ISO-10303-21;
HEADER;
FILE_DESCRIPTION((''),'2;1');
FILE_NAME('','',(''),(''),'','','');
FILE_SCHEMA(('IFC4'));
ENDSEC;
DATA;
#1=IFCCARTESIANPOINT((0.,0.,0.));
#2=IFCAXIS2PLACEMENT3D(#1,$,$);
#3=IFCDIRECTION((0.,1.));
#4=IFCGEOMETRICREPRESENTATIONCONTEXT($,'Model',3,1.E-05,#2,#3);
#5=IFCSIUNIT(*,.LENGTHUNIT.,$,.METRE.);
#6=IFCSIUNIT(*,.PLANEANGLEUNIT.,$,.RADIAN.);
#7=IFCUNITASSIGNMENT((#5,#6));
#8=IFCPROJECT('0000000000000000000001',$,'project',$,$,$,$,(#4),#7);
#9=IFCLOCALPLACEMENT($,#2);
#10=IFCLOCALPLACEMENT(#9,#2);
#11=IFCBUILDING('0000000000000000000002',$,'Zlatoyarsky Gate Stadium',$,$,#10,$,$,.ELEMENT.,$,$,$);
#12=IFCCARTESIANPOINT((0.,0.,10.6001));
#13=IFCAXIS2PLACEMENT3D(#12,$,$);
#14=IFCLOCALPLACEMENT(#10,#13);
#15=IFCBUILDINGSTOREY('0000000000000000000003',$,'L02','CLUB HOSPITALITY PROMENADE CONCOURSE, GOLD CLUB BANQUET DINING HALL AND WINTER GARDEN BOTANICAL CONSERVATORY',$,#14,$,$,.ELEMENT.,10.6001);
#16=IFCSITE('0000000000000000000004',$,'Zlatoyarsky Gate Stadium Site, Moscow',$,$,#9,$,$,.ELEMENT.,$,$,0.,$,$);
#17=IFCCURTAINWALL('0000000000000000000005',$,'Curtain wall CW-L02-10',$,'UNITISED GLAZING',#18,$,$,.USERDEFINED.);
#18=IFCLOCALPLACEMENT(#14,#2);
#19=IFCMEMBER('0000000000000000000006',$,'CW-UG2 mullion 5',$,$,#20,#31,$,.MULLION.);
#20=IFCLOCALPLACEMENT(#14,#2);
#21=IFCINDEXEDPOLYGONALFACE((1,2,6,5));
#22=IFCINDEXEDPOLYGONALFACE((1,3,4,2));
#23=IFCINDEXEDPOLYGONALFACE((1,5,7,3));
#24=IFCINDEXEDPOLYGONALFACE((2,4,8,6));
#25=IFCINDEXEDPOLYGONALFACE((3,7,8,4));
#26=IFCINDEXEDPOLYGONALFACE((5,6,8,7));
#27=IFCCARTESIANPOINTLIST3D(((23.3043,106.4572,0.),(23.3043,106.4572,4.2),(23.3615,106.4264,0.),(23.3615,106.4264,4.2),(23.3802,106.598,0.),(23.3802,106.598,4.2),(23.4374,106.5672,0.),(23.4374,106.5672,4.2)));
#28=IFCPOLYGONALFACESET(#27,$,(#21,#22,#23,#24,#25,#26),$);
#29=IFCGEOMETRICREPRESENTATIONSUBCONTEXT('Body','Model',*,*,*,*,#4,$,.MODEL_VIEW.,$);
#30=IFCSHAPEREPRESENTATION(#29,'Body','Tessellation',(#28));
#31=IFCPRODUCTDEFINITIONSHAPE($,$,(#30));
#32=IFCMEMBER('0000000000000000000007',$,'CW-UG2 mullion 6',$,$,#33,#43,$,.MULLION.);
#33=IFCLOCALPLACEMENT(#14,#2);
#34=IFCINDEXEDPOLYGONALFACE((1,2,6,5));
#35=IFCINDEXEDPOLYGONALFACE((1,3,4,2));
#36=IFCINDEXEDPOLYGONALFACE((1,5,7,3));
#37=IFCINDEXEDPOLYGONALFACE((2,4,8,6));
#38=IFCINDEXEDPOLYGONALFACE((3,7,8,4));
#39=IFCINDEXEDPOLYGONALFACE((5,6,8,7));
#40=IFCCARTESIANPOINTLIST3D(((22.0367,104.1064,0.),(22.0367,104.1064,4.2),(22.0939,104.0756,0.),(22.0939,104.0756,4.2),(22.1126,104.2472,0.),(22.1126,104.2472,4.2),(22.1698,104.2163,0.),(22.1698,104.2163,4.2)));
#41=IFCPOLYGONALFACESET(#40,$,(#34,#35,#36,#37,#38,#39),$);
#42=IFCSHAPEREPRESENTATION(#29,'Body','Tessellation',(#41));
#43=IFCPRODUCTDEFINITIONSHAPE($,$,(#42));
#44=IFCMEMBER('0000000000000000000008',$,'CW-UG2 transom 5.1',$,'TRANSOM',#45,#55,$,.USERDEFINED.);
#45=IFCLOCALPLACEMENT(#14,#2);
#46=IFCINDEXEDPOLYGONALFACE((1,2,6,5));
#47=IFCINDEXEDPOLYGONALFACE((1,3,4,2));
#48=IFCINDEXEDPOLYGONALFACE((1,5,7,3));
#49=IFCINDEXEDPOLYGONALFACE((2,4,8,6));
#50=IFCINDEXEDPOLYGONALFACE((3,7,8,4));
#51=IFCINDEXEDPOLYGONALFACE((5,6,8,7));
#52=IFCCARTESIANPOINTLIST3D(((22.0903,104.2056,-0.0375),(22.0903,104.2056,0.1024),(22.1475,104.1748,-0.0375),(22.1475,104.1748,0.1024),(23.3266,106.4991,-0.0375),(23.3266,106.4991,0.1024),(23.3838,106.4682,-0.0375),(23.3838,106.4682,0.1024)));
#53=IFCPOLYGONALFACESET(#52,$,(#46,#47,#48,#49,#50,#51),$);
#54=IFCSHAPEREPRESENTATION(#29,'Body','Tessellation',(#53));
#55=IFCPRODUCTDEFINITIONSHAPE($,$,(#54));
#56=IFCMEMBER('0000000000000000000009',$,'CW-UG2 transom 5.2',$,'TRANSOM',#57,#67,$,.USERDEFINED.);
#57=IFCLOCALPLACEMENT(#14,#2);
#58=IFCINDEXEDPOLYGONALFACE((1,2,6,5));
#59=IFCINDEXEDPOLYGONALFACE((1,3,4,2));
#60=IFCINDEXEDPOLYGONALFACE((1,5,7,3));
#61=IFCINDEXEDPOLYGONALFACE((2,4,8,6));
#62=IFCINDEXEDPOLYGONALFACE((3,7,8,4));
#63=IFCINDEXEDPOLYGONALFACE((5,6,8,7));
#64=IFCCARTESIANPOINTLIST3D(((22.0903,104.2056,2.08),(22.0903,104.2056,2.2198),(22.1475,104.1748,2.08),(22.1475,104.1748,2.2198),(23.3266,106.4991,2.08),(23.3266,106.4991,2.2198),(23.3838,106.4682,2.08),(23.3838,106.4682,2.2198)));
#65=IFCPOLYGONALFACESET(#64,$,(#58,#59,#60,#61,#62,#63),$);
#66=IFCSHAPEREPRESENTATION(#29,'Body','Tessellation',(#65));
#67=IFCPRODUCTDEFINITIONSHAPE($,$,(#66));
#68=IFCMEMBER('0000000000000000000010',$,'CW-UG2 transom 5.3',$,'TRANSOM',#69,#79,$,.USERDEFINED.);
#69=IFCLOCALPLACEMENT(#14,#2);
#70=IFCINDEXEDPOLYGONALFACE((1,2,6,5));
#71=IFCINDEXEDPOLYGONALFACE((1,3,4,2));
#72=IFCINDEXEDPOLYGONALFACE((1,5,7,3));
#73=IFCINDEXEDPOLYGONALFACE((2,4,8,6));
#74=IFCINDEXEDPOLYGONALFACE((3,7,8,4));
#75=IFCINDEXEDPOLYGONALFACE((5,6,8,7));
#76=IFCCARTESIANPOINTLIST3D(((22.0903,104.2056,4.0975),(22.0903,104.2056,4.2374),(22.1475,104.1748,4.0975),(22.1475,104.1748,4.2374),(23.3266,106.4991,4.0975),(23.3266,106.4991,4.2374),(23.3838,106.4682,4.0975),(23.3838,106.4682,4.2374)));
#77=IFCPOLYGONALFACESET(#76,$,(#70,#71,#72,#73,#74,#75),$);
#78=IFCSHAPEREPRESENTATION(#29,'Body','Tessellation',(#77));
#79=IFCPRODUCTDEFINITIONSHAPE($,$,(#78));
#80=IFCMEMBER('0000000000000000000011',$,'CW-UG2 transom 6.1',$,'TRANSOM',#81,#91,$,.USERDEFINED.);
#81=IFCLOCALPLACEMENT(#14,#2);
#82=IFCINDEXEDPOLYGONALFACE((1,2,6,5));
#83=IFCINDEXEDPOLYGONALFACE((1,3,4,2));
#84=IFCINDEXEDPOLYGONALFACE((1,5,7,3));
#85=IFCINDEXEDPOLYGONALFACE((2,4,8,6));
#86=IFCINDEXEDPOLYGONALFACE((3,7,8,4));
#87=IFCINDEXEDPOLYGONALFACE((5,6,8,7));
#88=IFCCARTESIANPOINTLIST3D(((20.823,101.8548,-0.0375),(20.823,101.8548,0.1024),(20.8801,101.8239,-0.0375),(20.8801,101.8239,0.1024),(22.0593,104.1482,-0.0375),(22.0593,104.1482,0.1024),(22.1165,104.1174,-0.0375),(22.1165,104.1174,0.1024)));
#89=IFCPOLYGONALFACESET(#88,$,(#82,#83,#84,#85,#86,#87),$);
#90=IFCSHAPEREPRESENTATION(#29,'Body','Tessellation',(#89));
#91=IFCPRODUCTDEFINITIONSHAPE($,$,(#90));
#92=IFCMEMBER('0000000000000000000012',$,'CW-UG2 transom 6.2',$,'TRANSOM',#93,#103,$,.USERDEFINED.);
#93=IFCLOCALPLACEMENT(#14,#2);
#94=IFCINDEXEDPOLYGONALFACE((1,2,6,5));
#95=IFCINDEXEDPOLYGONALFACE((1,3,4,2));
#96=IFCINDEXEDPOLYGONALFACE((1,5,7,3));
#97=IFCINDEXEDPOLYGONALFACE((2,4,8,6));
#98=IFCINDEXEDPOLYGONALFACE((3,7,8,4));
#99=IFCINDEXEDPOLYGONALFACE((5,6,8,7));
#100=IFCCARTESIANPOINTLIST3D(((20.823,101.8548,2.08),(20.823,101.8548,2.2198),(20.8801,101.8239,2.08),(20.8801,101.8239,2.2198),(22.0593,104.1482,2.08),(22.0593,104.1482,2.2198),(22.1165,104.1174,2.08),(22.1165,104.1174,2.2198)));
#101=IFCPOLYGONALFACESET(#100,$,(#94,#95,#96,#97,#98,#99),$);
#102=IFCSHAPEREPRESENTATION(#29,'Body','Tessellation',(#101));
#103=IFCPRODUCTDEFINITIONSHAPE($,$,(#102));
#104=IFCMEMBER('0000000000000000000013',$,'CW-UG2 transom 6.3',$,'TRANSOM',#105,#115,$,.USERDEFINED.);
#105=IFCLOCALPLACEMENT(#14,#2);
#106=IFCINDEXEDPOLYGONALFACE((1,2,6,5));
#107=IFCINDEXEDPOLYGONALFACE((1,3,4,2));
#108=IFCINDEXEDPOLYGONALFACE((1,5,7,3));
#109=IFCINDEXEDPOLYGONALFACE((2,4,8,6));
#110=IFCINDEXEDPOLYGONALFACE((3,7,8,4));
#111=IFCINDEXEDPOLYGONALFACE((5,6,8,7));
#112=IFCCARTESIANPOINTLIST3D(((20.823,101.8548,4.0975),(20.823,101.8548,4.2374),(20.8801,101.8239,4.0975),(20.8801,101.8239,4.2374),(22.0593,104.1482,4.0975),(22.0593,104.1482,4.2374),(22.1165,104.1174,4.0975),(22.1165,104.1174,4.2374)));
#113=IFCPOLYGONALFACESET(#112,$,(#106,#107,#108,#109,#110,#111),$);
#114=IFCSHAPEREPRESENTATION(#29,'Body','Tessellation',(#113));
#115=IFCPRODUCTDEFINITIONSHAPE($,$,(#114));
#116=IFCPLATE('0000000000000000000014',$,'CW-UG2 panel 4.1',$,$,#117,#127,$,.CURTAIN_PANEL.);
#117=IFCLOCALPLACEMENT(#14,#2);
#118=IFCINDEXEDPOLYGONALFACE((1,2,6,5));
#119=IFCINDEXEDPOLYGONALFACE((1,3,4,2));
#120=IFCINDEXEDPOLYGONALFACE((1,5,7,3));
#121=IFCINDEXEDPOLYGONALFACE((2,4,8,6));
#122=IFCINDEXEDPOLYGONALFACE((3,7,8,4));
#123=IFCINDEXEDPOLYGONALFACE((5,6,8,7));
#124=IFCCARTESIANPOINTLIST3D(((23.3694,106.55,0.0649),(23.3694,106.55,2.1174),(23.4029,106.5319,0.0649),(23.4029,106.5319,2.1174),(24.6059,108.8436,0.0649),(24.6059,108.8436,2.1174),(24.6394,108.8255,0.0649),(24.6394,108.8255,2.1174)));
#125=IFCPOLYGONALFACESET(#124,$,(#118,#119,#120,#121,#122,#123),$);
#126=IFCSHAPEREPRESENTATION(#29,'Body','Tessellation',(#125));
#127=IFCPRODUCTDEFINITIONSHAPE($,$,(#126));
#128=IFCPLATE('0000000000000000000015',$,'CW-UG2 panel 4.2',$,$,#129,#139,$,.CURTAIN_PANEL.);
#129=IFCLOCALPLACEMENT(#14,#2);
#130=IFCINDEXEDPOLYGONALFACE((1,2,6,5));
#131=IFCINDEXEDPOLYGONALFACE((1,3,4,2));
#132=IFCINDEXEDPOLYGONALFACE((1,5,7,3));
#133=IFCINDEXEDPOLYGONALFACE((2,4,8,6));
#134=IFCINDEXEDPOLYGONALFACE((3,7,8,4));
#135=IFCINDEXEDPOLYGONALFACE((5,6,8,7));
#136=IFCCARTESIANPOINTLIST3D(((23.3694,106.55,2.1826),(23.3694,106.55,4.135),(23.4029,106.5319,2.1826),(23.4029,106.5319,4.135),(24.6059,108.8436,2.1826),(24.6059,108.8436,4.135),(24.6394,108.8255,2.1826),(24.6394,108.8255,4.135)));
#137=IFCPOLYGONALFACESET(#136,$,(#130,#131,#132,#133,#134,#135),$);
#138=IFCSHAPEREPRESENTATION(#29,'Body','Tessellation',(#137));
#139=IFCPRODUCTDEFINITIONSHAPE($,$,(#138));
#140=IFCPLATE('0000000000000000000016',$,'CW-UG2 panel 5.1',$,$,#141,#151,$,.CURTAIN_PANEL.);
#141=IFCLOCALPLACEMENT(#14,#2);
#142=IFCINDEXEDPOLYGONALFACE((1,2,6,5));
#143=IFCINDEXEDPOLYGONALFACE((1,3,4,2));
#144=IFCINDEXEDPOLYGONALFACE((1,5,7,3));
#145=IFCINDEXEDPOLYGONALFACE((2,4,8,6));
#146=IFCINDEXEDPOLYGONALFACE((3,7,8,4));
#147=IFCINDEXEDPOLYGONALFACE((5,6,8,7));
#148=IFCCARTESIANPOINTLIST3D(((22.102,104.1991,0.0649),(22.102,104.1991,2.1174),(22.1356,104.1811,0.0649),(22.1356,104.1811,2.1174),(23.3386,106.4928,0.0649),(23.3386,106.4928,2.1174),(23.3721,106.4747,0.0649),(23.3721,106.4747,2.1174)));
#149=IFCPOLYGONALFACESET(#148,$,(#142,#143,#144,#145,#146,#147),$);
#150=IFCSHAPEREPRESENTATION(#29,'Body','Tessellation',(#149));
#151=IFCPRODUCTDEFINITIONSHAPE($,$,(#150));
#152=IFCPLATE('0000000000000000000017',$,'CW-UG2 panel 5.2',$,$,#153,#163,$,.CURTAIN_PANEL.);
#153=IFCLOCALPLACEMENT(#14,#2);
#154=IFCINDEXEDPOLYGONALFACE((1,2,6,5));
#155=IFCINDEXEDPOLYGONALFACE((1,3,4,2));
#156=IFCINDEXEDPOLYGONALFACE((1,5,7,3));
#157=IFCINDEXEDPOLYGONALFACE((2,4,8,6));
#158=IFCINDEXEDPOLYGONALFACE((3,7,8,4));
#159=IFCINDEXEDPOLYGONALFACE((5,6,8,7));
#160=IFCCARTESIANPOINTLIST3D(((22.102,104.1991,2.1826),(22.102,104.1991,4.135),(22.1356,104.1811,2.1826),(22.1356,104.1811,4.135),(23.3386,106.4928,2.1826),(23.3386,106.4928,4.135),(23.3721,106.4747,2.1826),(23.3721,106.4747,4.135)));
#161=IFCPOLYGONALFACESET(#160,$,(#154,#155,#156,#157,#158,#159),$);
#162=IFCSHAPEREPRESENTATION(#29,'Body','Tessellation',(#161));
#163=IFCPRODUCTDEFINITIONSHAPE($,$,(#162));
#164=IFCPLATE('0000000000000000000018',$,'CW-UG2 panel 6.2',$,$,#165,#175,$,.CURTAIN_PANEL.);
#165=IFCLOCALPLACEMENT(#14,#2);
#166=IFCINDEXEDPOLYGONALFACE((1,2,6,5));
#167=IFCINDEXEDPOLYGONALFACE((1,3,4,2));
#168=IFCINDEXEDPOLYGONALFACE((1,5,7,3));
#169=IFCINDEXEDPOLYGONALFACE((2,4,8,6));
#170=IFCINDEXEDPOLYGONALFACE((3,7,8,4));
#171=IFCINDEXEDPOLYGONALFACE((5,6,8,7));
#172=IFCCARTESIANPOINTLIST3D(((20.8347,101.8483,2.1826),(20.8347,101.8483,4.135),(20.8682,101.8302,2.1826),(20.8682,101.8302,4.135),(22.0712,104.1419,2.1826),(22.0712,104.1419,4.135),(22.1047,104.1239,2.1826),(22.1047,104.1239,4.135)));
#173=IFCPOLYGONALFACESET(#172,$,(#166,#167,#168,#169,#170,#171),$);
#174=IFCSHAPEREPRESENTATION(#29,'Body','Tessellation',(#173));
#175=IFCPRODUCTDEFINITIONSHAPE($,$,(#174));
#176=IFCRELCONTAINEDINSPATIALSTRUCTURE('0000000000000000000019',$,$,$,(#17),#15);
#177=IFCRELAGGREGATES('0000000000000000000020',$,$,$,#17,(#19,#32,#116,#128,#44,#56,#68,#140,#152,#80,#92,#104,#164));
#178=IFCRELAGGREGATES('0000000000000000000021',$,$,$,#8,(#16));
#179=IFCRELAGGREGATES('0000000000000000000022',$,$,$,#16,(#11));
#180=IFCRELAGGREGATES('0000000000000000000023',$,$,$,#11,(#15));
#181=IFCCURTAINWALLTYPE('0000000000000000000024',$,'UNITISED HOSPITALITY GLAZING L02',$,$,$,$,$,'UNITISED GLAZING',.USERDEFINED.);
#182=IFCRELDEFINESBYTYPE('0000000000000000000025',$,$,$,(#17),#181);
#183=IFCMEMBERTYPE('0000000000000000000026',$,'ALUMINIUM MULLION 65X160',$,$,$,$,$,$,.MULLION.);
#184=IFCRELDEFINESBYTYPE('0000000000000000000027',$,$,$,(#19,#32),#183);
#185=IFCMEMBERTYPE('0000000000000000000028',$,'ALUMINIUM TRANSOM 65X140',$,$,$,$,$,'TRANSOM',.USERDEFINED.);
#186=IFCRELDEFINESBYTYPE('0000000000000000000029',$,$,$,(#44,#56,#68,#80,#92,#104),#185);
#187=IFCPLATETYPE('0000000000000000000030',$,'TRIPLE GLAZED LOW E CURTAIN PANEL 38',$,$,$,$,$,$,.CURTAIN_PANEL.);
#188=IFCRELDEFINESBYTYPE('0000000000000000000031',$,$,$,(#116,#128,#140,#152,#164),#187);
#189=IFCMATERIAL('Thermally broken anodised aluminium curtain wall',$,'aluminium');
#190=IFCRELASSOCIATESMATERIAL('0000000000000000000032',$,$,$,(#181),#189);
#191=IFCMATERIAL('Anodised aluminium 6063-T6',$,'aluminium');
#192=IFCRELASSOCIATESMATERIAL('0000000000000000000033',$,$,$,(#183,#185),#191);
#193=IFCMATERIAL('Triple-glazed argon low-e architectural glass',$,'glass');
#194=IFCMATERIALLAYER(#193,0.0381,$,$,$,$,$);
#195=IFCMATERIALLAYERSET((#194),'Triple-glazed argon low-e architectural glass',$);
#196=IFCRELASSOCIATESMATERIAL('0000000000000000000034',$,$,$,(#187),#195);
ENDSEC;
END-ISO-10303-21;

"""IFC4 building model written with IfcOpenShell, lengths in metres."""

from ifc_helpers import new_model, si_unit, direction, frame, origin, origin_2d, place, context, subcontext, project, spatial, rectangle, extrude, material, layer, layer_set, material_profile, profile_set, type_object, element, aggregate, save


model = new_model("IFC4")

# Units and contexts
model_context = context("Model", 3, precision=1e-05, world=origin(), true_north=direction((0.0, 1.0)))
body_context = subcontext(model_context, "Body", "Model", "MODEL_VIEW")
ifc_project = project(units=[si_unit("LENGTHUNIT", "METRE"), si_unit("PLANEANGLEUNIT", "RADIAN")], contexts=[model_context])

# Site, building, storey
site_placement = place(None, origin())
site = spatial("IfcSite", under=ifc_project, at=site_placement, Name="Zlatoyarsky Gate Stadium Site, Moscow", CompositionType="ELEMENT", RefElevation=0.0)
building_placement = place(site_placement, origin())
building = spatial("IfcBuilding", under=site, at=building_placement, Name="Zlatoyarsky Gate Stadium", CompositionType="ELEMENT")
storey_placement = place(building_placement, frame((0.0, 0.0, 10.6001)))
storey = spatial("IfcBuildingStorey", under=building, at=storey_placement, Name="L02", Description="CLUB HOSPITALITY PROMENADE CONCOURSE, GOLD CLUB BANQUET DINING HALL AND WINTER GARDEN BOTANICAL CONSERVATORY", CompositionType="ELEMENT", Elevation=10.6001)

# Curtain wall, members, plates
ifc_material_1 = material(Name="Thermally broken anodised aluminium curtain wall", Category="aluminium")
curtain_wall_type = type_object("IfcCurtainWallType", Name="UNITISED HOSPITALITY GLAZING L02", ElementType="UNITISED GLAZING", PredefinedType="USERDEFINED", material=ifc_material_1)
curtain_wall_placement = place(storey_placement, origin())
curtain_wall = element("IfcCurtainWall", 1, at=curtain_wall_placement, inside=storey, type_object=curtain_wall_type, Name="Curtain wall CW-L02-10", ObjectType="UNITISED GLAZING", PredefinedType="USERDEFINED")
ifc_material_2 = material(Name="Anodised aluminium 6063-T6", Category="aluminium")
ifc_material_profile_1 = material_profile(ifc_material_2, rectangle(XDim=0.0649, YDim=0.1599, at=origin_2d()), Name="ALU 65X160")
ifc_profile_set_1 = profile_set([ifc_material_profile_1], Name="Anodised aluminium 6063-T6")
member_type_1 = type_object("IfcMemberType", Name="ALUMINIUM MULLION 65X160", PredefinedType="MULLION", material=ifc_profile_set_1)
member_1_placement = place(storey_placement, frame((23.3708, 106.5122, 0.0), z_axis=(0.0, 0.0, 1.0), x_axis=(0.880236, -0.474536, 0.0)))
member_1 = element("IfcMember", 2, at=member_1_placement, type_object=member_type_1, Name="CW-UG2 mullion 5", PredefinedType="MULLION", context=body_context, shape_type="SweptSolid", body=[
    extrude(rectangle(XDim=0.0649, YDim=0.1599, at=origin_2d()), origin(), (0.0, 0.0, 1.0), 4.2),
])
member_2_placement = place(storey_placement, frame((22.1033, 104.1614, 0.0), z_axis=(0.0, 0.0, 1.0), x_axis=(0.880236, -0.474536, 0.0)))
member_2 = element("IfcMember", 3, at=member_2_placement, type_object=member_type_1, Name="CW-UG2 mullion 6", PredefinedType="MULLION", context=body_context, shape_type="SweptSolid", body=[
    extrude(rectangle(XDim=0.0649, YDim=0.1599, at=origin_2d()), origin(), (0.0, 0.0, 1.0), 4.2),
])
ifc_material_profile_2 = material_profile(ifc_material_2, rectangle(XDim=0.0649, YDim=0.1399, at=origin_2d()), Name="ALU 65X140")
ifc_profile_set_2 = profile_set([ifc_material_profile_2], Name="Anodised aluminium 6063-T6")
member_type_2 = type_object("IfcMemberType", Name="ALUMINIUM TRANSOM 65X140", ElementType="TRANSOM", PredefinedType="USERDEFINED", material=ifc_profile_set_2)
member_3_placement = place(storey_placement, frame((23.3552, 106.4836, 0.0325), z_axis=(-0.474513, -0.880248, 0.0), x_axis=(0.880248, -0.474513, 0.0)))
member_3 = element("IfcMember", 4, at=member_3_placement, type_object=member_type_2, Name="CW-UG2 transom 5.1", ObjectType="TRANSOM", PredefinedType="USERDEFINED", context=body_context, shape_type="SweptSolid", body=[
    extrude(rectangle(XDim=0.0649, YDim=0.1399, at=origin_2d()), origin(), (0.0, 0.0, 1.0), 2.6055),
])
member_4_placement = place(storey_placement, frame((23.3552, 106.4836, 2.1499), z_axis=(-0.474513, -0.880248, 0.0), x_axis=(0.880248, -0.474513, 0.0)))
member_4 = element("IfcMember", 5, at=member_4_placement, type_object=member_type_2, Name="CW-UG2 transom 5.2", ObjectType="TRANSOM", PredefinedType="USERDEFINED", context=body_context, shape_type="SweptSolid", body=[
    extrude(rectangle(XDim=0.0649, YDim=0.1399, at=origin_2d()), origin(), (0.0, 0.0, 1.0), 2.6055),
])
member_5_placement = place(storey_placement, frame((23.3552, 106.4836, 4.1675), z_axis=(-0.474513, -0.880248, 0.0), x_axis=(0.880248, -0.474513, 0.0)))
member_5 = element("IfcMember", 6, at=member_5_placement, type_object=member_type_2, Name="CW-UG2 transom 5.3", ObjectType="TRANSOM", PredefinedType="USERDEFINED", context=body_context, shape_type="SweptSolid", body=[
    extrude(rectangle(XDim=0.0649, YDim=0.1399, at=origin_2d()), origin(), (0.0, 0.0, 1.0), 2.6055),
])
member_6_placement = place(storey_placement, frame((22.0879, 104.1328, 0.0325), z_axis=(-0.474513, -0.880248, 0.0), x_axis=(0.880248, -0.474513, 0.0)))
member_6 = element("IfcMember", 7, at=member_6_placement, type_object=member_type_2, Name="CW-UG2 transom 6.1", ObjectType="TRANSOM", PredefinedType="USERDEFINED", context=body_context, shape_type="SweptSolid", body=[
    extrude(rectangle(XDim=0.0649, YDim=0.1399, at=origin_2d()), origin(), (0.0, 0.0, 1.0), 2.6055),
])
member_7_placement = place(storey_placement, frame((22.0879, 104.1328, 2.1499), z_axis=(-0.474513, -0.880248, 0.0), x_axis=(0.880248, -0.474513, 0.0)))
member_7 = element("IfcMember", 8, at=member_7_placement, type_object=member_type_2, Name="CW-UG2 transom 6.2", ObjectType="TRANSOM", PredefinedType="USERDEFINED", context=body_context, shape_type="SweptSolid", body=[
    extrude(rectangle(XDim=0.0649, YDim=0.1399, at=origin_2d()), origin(), (0.0, 0.0, 1.0), 2.6055),
])
member_8_placement = place(storey_placement, frame((22.0879, 104.1328, 4.1675), z_axis=(-0.474513, -0.880248, 0.0), x_axis=(0.880248, -0.474513, 0.0)))
member_8 = element("IfcMember", 9, at=member_8_placement, type_object=member_type_2, Name="CW-UG2 transom 6.3", ObjectType="TRANSOM", PredefinedType="USERDEFINED", context=body_context, shape_type="SweptSolid", body=[
    extrude(rectangle(XDim=0.0649, YDim=0.1399, at=origin_2d()), origin(), (0.0, 0.0, 1.0), 2.6055),
])
ifc_material_3 = material(Name="Triple-glazed argon low-e architectural glass", Category="glass")
ifc_layer_1 = layer(ifc_material_3, 0.0381)
ifc_layer_set_1 = layer_set([ifc_layer_1], Name="Triple-glazed argon low-e architectural glass")
plate_type = type_object("IfcPlateType", Name="TRIPLE GLAZED LOW E CURTAIN PANEL 38", PredefinedType="CURTAIN_PANEL", material=ifc_layer_set_1)
plate_1_placement = place(storey_placement, frame((24.0044, 107.6877, 0.0649), z_axis=(0.0, 0.0, 1.0), x_axis=(-0.474536, -0.880236, 0.0)))
plate_1 = element("IfcPlate", 10, at=plate_1_placement, type_object=plate_type, Name="CW-UG2 panel 4.1", PredefinedType="CURTAIN_PANEL", context=body_context, shape_type="SweptSolid", body=[
    extrude(rectangle(XDim=2.6057, YDim=0.0381, at=origin_2d()), origin(), (0.0, 0.0, 1.0), 2.0525),
])
plate_2_placement = place(storey_placement, frame((24.0044, 107.6877, 2.1826), z_axis=(0.0, 0.0, 1.0), x_axis=(-0.474536, -0.880236, 0.0)))
plate_2 = element("IfcPlate", 11, at=plate_2_placement, type_object=plate_type, Name="CW-UG2 panel 4.2", PredefinedType="CURTAIN_PANEL", context=body_context, shape_type="SweptSolid", body=[
    extrude(rectangle(XDim=2.6057, YDim=0.0381, at=origin_2d()), origin(), (0.0, 0.0, 1.0), 1.9524),
])
plate_3_placement = place(storey_placement, frame((22.7371, 105.3369, 0.0649), z_axis=(0.0, 0.0, 1.0), x_axis=(-0.474536, -0.880236, 0.0)))
plate_3 = element("IfcPlate", 12, at=plate_3_placement, type_object=plate_type, Name="CW-UG2 panel 5.1", PredefinedType="CURTAIN_PANEL", context=body_context, shape_type="SweptSolid", body=[
    extrude(rectangle(XDim=2.6057, YDim=0.0381, at=origin_2d()), origin(), (0.0, 0.0, 1.0), 2.0525),
])
plate_4_placement = place(storey_placement, frame((22.7371, 105.3369, 2.1826), z_axis=(0.0, 0.0, 1.0), x_axis=(-0.474536, -0.880236, 0.0)))
plate_4 = element("IfcPlate", 13, at=plate_4_placement, type_object=plate_type, Name="CW-UG2 panel 5.2", PredefinedType="CURTAIN_PANEL", context=body_context, shape_type="SweptSolid", body=[
    extrude(rectangle(XDim=2.6057, YDim=0.0381, at=origin_2d()), origin(), (0.0, 0.0, 1.0), 1.9524),
])
plate_5_placement = place(storey_placement, frame((21.4697, 102.9861, 2.1826), z_axis=(0.0, 0.0, 1.0), x_axis=(-0.474536, -0.880236, 0.0)))
plate_5 = element("IfcPlate", 14, at=plate_5_placement, type_object=plate_type, Name="CW-UG2 panel 6.2", PredefinedType="CURTAIN_PANEL", context=body_context, shape_type="SweptSolid", body=[
    extrude(rectangle(XDim=2.6057, YDim=0.0381, at=origin_2d()), origin(), (0.0, 0.0, 1.0), 1.9524),
])
aggregate(curtain_wall, [member_1, member_2, plate_1, plate_2, member_3, member_4, member_5, plate_3, plate_4, member_6, member_7, member_8, plate_5])

save(model, "model.ifc")
